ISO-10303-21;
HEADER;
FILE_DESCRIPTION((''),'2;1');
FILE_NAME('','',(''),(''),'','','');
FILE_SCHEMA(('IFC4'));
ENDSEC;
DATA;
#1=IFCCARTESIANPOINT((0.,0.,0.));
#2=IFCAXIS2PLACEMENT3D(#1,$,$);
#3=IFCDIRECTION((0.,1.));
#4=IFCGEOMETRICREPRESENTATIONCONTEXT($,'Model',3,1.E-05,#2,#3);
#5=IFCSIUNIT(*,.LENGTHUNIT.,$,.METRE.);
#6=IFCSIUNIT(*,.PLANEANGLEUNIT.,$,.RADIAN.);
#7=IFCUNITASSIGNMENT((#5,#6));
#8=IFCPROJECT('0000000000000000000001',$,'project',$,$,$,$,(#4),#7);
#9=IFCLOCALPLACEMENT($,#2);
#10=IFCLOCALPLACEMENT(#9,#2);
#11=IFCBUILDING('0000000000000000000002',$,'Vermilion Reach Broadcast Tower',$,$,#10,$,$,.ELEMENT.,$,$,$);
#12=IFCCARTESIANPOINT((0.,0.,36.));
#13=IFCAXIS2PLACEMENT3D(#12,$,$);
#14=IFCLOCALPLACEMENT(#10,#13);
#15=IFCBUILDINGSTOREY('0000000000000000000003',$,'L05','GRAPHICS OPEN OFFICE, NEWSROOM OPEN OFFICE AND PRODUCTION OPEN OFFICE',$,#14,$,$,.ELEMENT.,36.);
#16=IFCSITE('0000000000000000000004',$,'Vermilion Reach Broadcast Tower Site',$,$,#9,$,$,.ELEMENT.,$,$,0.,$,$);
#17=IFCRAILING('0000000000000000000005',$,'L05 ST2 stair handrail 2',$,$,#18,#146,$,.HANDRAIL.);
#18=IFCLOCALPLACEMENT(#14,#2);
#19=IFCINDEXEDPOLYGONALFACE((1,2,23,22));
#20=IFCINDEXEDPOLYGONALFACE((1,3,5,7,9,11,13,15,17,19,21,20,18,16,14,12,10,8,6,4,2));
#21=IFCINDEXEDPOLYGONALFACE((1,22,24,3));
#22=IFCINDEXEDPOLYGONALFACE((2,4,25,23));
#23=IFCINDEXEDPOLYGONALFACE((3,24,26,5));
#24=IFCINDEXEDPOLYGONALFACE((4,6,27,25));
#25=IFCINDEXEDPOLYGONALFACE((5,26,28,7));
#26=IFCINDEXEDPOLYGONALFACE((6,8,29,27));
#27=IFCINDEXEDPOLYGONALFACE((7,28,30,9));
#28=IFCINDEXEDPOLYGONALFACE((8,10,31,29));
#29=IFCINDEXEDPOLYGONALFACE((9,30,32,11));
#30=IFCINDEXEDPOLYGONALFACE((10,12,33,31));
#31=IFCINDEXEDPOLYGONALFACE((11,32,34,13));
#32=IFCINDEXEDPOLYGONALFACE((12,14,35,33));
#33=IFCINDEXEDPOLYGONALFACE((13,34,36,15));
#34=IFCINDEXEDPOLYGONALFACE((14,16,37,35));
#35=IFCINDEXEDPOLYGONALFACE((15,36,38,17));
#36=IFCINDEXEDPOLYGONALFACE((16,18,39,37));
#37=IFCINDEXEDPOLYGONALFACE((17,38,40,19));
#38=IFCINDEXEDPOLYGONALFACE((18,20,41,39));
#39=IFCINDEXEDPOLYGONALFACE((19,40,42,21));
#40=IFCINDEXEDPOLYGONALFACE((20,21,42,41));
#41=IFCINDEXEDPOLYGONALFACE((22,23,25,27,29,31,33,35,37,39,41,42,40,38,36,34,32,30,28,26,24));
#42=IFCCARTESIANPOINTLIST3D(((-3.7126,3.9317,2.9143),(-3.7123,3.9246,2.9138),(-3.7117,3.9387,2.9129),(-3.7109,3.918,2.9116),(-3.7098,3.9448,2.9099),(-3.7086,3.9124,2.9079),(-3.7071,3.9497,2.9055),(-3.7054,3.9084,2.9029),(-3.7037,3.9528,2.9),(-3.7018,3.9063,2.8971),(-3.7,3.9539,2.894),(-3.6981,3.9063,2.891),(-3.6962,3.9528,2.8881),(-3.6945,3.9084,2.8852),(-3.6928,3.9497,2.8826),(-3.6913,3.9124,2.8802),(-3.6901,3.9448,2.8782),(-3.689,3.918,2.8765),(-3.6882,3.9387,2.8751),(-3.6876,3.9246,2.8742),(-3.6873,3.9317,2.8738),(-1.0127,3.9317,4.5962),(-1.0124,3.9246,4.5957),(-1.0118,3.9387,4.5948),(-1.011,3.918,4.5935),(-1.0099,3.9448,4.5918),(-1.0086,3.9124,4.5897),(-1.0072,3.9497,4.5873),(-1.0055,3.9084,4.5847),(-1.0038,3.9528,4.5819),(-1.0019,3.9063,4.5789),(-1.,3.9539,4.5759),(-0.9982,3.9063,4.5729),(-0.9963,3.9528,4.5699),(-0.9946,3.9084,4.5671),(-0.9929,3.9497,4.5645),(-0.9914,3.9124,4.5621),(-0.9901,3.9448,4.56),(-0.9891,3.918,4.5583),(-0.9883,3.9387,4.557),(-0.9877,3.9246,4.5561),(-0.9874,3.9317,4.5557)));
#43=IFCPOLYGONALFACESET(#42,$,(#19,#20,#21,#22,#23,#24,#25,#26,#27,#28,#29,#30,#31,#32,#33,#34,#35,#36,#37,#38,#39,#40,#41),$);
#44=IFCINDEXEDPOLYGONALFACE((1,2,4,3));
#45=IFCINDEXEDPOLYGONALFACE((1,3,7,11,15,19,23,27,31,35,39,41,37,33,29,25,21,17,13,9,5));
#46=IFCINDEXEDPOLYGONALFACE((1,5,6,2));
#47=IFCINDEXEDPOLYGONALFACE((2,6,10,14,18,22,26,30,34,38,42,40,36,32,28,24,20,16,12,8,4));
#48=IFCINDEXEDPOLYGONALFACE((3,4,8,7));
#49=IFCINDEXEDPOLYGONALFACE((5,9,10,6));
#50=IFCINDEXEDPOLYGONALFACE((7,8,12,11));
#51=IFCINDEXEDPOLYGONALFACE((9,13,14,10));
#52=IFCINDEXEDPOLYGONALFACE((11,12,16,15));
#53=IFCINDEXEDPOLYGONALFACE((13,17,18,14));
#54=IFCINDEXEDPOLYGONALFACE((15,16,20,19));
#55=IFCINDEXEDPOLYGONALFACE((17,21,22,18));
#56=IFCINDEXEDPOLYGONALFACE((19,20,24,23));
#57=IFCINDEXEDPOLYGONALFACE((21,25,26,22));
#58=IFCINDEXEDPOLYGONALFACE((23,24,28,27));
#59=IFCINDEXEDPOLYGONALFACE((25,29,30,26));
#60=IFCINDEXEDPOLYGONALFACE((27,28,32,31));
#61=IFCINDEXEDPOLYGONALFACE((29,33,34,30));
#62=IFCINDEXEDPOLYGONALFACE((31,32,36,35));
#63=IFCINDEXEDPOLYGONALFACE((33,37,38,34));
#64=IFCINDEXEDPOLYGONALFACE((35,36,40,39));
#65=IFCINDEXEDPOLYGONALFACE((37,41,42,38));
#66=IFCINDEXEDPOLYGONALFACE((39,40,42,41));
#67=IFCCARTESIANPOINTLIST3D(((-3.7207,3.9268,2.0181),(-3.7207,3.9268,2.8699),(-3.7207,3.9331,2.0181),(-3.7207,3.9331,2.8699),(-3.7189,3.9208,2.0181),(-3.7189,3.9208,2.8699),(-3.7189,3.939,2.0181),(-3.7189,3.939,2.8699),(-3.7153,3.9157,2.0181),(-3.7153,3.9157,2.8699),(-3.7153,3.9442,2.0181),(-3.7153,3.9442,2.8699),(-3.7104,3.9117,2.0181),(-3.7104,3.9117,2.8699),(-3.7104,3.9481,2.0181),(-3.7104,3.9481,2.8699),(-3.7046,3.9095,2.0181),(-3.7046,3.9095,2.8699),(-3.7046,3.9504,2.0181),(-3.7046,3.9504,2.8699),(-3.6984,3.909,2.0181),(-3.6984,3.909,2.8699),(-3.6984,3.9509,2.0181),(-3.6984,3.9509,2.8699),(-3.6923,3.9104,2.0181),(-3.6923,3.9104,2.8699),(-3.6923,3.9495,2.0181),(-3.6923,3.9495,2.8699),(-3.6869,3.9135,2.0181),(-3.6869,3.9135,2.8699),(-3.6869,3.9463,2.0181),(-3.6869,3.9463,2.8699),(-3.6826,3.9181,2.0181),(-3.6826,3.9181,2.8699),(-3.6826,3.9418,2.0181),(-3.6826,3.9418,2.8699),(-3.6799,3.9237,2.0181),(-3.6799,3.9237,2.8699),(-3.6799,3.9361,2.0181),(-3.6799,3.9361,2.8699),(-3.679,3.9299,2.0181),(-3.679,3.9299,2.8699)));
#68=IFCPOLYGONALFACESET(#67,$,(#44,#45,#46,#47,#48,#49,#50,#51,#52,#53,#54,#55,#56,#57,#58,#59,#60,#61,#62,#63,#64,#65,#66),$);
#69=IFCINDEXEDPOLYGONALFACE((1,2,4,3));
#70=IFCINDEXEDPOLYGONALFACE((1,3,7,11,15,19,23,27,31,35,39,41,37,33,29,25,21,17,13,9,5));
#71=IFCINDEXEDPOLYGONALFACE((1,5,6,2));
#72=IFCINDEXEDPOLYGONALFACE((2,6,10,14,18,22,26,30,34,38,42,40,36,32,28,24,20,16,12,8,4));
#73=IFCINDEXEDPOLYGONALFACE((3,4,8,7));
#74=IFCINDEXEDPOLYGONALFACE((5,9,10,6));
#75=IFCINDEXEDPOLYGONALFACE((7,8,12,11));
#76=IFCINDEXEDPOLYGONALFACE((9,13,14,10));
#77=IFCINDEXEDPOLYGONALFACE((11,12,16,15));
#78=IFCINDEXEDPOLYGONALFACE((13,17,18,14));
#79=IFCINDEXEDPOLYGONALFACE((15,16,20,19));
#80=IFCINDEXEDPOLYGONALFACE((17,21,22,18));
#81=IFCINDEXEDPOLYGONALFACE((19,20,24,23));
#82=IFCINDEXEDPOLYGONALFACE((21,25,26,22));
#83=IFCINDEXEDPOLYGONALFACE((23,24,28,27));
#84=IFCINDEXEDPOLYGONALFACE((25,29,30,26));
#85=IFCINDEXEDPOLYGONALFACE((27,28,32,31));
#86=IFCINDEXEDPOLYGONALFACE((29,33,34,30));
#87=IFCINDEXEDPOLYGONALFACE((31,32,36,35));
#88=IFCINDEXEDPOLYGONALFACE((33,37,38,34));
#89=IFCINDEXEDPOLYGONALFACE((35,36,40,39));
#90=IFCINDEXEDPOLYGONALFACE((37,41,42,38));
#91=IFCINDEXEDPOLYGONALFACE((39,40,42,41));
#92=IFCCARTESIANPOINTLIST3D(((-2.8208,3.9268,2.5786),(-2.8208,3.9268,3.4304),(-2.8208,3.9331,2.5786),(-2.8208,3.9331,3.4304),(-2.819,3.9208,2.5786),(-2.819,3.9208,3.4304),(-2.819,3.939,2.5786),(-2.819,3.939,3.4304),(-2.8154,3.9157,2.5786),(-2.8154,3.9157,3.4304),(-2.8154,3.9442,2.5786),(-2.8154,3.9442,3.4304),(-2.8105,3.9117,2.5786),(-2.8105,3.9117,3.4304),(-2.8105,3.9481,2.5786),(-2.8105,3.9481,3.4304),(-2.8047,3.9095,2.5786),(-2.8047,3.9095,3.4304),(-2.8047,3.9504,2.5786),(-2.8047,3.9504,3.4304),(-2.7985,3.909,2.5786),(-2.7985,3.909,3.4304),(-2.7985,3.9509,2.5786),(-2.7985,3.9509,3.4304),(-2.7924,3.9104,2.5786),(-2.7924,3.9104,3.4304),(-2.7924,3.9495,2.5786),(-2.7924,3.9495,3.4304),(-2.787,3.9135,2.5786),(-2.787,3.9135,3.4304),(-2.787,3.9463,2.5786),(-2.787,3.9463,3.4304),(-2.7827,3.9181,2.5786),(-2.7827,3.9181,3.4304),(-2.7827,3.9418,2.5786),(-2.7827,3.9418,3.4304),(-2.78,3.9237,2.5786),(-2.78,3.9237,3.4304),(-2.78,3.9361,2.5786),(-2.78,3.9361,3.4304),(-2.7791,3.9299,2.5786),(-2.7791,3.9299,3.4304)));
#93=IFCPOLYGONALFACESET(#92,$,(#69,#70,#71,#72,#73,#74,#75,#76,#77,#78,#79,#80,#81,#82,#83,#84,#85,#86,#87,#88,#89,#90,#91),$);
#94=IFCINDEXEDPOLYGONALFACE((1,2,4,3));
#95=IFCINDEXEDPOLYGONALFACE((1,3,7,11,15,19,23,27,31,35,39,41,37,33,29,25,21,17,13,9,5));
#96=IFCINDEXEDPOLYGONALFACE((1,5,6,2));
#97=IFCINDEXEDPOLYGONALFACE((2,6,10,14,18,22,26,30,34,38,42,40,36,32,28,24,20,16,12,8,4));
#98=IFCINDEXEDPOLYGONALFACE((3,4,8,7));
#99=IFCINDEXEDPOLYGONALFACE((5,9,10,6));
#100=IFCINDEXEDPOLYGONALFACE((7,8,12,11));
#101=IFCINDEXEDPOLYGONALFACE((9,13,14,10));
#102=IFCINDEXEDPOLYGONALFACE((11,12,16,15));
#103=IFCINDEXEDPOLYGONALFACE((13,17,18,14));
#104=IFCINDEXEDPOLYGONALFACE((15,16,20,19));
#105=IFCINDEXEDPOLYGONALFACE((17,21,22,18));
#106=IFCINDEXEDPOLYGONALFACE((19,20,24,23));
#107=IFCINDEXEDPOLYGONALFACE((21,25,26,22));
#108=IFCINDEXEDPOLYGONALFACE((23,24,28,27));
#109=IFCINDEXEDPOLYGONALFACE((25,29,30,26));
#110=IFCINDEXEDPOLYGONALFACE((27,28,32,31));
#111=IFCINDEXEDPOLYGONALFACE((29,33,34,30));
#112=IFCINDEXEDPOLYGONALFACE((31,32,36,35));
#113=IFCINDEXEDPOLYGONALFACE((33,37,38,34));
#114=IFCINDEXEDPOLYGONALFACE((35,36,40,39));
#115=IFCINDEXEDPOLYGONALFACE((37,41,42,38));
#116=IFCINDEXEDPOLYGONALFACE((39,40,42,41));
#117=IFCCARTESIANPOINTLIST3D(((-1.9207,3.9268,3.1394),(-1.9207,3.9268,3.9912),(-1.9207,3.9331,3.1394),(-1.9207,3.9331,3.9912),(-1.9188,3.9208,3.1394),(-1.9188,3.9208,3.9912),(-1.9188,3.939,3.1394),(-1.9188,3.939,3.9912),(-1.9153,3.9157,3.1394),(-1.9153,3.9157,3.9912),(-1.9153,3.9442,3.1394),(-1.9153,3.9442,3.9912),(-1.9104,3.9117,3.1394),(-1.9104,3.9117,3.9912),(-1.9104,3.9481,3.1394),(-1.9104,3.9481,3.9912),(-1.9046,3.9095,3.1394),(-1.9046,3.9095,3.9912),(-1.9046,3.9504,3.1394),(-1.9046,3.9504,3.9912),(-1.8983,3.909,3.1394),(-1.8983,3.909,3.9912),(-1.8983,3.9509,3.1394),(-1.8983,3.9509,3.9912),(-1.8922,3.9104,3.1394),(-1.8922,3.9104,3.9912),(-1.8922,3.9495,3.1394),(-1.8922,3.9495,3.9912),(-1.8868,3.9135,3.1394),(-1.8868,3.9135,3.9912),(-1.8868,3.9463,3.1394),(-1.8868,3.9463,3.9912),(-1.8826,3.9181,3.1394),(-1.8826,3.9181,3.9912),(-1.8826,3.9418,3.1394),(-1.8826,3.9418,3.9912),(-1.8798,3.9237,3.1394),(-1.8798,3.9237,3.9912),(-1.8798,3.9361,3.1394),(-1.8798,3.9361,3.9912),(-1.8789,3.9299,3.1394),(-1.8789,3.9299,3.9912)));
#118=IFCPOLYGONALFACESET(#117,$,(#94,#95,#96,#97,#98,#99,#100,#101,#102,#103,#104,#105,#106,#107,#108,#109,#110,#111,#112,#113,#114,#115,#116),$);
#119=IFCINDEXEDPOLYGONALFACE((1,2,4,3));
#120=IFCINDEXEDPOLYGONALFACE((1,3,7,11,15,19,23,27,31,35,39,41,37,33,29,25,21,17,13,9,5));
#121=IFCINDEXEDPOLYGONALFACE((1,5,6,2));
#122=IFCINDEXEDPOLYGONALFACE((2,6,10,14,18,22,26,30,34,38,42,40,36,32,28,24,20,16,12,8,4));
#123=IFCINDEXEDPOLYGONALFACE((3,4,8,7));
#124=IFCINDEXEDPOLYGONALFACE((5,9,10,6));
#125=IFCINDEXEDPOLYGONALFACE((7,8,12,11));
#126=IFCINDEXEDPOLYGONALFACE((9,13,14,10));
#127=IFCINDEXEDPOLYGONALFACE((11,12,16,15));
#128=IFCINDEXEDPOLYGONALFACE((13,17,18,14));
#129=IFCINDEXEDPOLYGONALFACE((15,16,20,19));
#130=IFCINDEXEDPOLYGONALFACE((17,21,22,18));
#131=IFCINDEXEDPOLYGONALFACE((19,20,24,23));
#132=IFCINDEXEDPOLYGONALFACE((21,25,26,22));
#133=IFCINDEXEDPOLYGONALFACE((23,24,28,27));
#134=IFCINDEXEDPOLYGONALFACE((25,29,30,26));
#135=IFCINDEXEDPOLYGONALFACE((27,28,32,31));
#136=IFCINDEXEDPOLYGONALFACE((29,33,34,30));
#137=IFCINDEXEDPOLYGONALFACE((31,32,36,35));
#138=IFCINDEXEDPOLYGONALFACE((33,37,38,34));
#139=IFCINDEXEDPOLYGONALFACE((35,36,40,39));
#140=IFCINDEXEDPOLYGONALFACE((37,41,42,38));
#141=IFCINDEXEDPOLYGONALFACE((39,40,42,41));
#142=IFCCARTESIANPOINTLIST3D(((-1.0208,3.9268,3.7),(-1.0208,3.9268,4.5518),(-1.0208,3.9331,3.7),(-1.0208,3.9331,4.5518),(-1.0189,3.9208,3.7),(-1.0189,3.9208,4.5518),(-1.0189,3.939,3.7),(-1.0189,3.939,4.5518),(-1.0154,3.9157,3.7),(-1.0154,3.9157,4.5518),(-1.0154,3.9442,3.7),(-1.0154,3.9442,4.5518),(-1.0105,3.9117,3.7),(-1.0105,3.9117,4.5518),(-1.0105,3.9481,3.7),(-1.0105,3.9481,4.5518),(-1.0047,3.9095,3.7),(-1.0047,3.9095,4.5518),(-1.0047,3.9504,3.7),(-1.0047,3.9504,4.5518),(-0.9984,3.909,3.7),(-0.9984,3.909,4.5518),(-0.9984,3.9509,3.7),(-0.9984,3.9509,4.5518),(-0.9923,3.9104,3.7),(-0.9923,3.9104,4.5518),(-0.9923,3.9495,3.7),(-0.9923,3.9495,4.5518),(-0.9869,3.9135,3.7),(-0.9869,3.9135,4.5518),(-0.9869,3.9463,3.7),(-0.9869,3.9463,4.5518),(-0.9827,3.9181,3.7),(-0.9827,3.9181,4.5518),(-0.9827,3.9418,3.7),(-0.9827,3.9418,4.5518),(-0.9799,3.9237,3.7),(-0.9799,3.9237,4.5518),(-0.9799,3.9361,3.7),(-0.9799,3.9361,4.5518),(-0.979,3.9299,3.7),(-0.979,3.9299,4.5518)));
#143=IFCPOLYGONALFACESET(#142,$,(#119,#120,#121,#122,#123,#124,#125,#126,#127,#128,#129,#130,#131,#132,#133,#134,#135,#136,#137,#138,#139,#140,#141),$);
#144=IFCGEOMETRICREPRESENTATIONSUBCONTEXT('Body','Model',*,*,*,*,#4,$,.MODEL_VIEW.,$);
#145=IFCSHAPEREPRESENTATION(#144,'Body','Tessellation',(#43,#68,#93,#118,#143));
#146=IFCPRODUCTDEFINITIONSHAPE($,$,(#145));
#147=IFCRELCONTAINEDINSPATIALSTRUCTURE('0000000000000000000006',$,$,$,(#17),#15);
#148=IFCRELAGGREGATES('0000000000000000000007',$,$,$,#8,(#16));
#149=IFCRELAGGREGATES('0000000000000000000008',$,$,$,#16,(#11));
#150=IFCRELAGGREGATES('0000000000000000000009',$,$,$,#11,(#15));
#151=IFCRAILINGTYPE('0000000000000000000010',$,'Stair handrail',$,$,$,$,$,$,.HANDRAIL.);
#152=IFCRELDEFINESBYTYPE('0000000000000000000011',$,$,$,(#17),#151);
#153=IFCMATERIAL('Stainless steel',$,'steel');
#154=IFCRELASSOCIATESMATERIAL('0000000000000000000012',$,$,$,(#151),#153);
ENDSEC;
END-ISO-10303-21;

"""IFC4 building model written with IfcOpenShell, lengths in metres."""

from ifc_helpers import new_model, si_unit, direction, frame, origin, origin_2d, place, context, subcontext, project, spatial, circle, extrude, material, type_object, element, save


model = new_model("IFC4")

# Units and contexts
model_context = context("Model", 3, precision=1e-05, world=origin(), true_north=direction((0.0, 1.0)))
body_context = subcontext(model_context, "Body", "Model", "MODEL_VIEW")
ifc_project = project(units=[si_unit("LENGTHUNIT", "METRE"), si_unit("PLANEANGLEUNIT", "RADIAN")], contexts=[model_context])

# Site, building, storey
site_placement = place(None, origin())
site = spatial("IfcSite", under=ifc_project, at=site_placement, Name="Vermilion Reach Broadcast Tower Site", CompositionType="ELEMENT", RefElevation=0.0)
building_placement = place(site_placement, origin())
building = spatial("IfcBuilding", under=site, at=building_placement, Name="Vermilion Reach Broadcast Tower", CompositionType="ELEMENT")
storey_placement = place(building_placement, frame((0.0, 0.0, 36.0)))
storey = spatial("IfcBuildingStorey", under=building, at=storey_placement, Name="L05", Description="GRAPHICS OPEN OFFICE, NEWSROOM OPEN OFFICE AND PRODUCTION OPEN OFFICE", CompositionType="ELEMENT", Elevation=36.0)

# Railing
ifc_material_1 = material(Name="Stainless steel", Category="steel")
railing_type_1 = type_object("IfcRailingType", Name="Stair handrail", PredefinedType="HANDRAIL", material=ifc_material_1)
railing_1_placement = place(storey_placement, frame((-3.7, 3.9299, 2.0181)))
element("IfcRailing", 1, at=railing_1_placement, inside=storey, type_object=railing_type_1, Name="L05 ST2 stair handrail 2", PredefinedType="HANDRAIL", context=body_context, shape_type="SweptSolid", body=[
    extrude(circle(Radius=0.0239, at=origin_2d()), frame((0.0, 0.0, 0.876), z_axis=(0.848786, 0.0, 0.528736), x_axis=(0.0, 1.0, 0.0)), (0.0, 0.0, 1.0), 3.1809),
    extrude(circle(Radius=0.021, at=origin_2d()), origin(), (0.0, 0.0, 1.0), 0.8518),
    extrude(circle(Radius=0.021, at=origin_2d()), frame((0.8999, 0.0, 0.5605)), (0.0, 0.0, 1.0), 0.8518),
    extrude(circle(Radius=0.021, at=origin_2d()), frame((1.8, 0.0, 1.1213)), (0.0, 0.0, 1.0), 0.8518),
    extrude(circle(Radius=0.021, at=origin_2d()), frame((2.7, 0.0, 1.6819)), (0.0, 0.0, 1.0), 0.8518),
])

save(model, "model.ifc")
